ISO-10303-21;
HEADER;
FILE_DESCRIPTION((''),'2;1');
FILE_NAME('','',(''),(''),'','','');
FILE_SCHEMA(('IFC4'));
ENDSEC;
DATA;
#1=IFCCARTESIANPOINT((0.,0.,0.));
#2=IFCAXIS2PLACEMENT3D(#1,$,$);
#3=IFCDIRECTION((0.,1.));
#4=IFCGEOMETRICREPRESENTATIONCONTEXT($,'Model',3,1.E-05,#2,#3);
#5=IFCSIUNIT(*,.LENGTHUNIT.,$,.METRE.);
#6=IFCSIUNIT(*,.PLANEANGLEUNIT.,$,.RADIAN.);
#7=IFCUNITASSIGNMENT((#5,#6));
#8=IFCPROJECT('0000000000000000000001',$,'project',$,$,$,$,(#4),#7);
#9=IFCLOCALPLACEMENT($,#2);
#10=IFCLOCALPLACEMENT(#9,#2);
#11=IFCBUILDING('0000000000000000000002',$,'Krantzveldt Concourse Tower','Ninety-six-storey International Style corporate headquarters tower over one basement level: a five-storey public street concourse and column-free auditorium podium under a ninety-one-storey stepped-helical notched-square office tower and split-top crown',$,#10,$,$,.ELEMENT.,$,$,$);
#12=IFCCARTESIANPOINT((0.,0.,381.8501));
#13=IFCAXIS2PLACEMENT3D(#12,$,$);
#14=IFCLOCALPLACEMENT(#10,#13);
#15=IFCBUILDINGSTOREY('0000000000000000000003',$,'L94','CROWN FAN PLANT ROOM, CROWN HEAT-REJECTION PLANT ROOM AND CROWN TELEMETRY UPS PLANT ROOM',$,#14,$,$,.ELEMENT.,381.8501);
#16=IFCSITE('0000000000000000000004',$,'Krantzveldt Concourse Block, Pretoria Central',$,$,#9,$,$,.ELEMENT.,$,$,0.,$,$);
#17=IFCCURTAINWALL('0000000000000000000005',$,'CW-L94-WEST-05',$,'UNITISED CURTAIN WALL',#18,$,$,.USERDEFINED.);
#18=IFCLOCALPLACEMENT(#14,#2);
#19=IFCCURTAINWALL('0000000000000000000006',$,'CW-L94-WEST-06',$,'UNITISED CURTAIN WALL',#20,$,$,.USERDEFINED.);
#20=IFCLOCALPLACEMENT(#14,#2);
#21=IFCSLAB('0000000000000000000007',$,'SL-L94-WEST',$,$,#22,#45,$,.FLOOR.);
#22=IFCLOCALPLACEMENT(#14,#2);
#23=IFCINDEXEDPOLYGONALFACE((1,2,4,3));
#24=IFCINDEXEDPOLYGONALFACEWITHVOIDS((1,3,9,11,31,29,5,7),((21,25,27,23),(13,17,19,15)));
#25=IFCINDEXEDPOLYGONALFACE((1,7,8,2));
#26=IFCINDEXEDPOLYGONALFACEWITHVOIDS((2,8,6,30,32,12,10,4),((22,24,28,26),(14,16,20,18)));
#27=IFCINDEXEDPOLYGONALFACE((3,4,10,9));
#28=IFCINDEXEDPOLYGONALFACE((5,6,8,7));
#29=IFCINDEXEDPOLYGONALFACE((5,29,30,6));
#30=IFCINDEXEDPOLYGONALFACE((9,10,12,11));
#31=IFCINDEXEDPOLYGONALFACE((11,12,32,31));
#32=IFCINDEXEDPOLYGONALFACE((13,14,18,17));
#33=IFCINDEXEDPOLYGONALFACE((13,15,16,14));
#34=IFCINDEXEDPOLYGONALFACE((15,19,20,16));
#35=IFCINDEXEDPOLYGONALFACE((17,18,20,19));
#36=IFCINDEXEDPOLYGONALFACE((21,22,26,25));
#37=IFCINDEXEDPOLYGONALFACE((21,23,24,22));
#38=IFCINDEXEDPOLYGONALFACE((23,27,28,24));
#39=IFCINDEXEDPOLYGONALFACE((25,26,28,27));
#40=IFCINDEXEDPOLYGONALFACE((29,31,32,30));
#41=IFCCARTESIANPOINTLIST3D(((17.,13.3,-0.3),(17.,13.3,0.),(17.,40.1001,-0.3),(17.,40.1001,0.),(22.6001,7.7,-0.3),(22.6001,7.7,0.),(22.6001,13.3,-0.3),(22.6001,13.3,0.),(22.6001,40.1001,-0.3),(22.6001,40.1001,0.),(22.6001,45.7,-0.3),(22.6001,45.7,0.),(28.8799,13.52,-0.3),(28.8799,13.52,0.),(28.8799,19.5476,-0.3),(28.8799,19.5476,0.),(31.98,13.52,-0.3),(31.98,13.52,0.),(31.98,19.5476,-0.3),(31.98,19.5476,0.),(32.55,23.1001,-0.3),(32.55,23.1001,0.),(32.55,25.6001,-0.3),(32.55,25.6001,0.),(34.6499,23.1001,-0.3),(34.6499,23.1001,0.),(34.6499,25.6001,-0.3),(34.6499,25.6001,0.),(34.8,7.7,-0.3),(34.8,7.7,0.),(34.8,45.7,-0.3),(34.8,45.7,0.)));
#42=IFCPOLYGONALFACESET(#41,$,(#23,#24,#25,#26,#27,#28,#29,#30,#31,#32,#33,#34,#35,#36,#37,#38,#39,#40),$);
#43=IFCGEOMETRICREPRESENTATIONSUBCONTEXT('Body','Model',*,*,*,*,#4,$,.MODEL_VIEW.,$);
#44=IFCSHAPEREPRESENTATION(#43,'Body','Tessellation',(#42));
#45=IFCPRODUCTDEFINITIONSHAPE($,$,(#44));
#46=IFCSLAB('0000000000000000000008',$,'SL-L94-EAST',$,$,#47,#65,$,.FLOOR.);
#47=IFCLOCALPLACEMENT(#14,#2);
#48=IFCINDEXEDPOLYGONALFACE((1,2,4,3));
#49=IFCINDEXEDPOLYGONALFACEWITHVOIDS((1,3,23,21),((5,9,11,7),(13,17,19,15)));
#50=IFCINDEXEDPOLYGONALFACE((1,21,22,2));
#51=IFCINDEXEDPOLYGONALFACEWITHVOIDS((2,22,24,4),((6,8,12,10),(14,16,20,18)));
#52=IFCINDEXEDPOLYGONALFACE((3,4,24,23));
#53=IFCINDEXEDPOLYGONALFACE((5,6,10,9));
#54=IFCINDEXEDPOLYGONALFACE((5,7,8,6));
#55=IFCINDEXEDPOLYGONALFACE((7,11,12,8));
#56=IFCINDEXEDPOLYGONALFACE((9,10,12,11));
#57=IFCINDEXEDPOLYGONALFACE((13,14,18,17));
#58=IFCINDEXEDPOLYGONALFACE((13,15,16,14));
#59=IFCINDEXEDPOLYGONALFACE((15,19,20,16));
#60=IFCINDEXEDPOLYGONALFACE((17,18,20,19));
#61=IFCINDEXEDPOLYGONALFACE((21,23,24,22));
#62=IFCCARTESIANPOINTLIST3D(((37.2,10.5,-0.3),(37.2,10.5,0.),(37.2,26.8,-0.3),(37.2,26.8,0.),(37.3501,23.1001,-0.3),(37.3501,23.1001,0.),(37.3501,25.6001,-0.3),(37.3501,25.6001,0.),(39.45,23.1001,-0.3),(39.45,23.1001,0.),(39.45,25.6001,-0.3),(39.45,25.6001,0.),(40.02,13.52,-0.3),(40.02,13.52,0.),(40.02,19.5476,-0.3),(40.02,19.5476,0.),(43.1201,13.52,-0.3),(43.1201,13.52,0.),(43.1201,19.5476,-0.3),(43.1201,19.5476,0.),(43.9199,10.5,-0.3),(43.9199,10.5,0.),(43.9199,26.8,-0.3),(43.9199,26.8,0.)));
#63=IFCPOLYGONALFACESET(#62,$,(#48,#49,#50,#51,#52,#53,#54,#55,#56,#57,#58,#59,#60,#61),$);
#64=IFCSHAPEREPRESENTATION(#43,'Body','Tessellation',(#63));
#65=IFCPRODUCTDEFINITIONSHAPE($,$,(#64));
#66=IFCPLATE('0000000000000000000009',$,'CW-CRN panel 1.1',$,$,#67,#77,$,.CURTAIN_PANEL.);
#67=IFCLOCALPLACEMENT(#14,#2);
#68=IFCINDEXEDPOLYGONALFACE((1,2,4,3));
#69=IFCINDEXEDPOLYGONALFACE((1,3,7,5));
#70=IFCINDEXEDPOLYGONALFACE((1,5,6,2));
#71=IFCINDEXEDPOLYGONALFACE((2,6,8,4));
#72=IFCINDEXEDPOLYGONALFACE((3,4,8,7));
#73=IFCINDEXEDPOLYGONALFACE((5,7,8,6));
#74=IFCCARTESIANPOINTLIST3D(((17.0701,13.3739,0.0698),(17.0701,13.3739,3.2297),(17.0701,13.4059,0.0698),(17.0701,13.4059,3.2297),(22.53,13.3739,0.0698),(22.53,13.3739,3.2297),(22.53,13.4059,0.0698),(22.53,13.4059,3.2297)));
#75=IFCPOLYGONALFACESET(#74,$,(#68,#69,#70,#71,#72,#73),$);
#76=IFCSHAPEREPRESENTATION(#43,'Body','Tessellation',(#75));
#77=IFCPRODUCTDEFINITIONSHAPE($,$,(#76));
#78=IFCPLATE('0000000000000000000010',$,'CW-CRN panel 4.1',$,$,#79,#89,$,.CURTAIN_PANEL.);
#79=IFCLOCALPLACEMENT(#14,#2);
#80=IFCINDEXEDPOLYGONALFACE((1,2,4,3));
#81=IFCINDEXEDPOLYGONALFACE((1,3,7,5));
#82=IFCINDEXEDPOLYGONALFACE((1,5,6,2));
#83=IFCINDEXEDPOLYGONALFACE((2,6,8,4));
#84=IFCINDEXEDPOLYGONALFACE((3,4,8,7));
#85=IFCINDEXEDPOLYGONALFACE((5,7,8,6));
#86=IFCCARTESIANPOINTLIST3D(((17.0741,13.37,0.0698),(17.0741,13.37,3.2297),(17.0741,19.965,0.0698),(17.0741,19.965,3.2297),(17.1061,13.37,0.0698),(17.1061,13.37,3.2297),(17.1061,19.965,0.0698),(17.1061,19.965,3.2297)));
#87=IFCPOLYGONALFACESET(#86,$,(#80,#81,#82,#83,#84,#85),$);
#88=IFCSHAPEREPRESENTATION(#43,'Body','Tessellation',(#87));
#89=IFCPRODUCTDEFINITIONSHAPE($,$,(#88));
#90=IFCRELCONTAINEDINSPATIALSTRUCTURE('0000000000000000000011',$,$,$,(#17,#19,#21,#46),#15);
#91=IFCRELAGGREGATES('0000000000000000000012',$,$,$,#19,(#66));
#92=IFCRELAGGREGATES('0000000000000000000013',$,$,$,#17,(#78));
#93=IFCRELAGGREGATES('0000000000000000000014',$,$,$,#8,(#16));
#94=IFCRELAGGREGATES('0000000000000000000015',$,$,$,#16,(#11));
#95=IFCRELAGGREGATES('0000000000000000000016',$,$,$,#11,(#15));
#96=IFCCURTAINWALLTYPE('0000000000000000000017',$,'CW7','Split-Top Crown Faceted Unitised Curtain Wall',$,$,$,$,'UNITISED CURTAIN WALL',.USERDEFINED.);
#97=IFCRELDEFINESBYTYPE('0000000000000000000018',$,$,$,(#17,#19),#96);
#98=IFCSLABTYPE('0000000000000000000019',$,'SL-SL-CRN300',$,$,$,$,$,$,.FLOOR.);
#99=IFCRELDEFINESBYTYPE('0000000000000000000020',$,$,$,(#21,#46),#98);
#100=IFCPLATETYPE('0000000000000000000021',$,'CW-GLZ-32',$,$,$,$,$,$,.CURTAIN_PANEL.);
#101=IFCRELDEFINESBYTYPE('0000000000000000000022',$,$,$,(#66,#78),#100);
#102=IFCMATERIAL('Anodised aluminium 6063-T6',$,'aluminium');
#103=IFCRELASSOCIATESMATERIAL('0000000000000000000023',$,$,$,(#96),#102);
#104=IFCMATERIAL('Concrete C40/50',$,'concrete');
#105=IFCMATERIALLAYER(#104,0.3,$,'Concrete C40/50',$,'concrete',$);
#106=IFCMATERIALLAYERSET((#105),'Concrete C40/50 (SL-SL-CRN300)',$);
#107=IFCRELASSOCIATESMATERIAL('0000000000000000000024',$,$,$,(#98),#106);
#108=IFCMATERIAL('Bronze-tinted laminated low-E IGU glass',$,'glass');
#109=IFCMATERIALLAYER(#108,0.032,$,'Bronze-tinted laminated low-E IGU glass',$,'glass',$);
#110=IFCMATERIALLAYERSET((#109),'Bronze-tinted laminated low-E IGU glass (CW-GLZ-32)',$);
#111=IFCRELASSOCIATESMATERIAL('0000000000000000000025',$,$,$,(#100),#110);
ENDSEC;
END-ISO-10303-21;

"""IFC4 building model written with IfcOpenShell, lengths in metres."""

from ifc_helpers import new_model, si_unit, direction, frame, origin, origin_2d, place, context, subcontext, project, spatial, polyline, rectangle, outline, extrude, source, transform, mapped, material, layer, layer_set, type_object, type_shapes, element, aggregate, save


model = new_model("IFC4")

# Units and contexts
model_context = context("Model", 3, precision=1e-05, world=origin(), true_north=direction((0.0, 1.0)))
body_context = subcontext(model_context, "Body", "Model", "MODEL_VIEW")
ifc_project = project(units=[si_unit("LENGTHUNIT", "METRE"), si_unit("PLANEANGLEUNIT", "RADIAN")], contexts=[model_context])

# Site, building, storey
site_placement = place(None, origin())
site = spatial("IfcSite", under=ifc_project, at=site_placement, Name="Krantzveldt Concourse Block, Pretoria Central", CompositionType="ELEMENT", RefElevation=0.0)
building_placement = place(site_placement, origin())
building = spatial("IfcBuilding", under=site, at=building_placement, Name="Krantzveldt Concourse Tower", Description="Ninety-six-storey International Style corporate headquarters tower over one basement level: a five-storey public street concourse and column-free auditorium podium under a ninety-one-storey stepped-helical notched-square office tower and split-top crown", CompositionType="ELEMENT")
storey_placement = place(building_placement, frame((0.0, 0.0, 381.8501)))
storey = spatial("IfcBuildingStorey", under=building, at=storey_placement, Name="L94", Description="CROWN FAN PLANT ROOM, CROWN HEAT-REJECTION PLANT ROOM AND CROWN TELEMETRY UPS PLANT ROOM", CompositionType="ELEMENT", Elevation=381.8501)

# Curtain walls
ifc_material_1 = material(Name="Anodised aluminium 6063-T6", Category="aluminium")
curtain_wall_type = type_object("IfcCurtainWallType", Name="CW7", Description="Split-Top Crown Faceted Unitised Curtain Wall", ElementType="UNITISED CURTAIN WALL", PredefinedType="USERDEFINED", material=ifc_material_1)
curtain_wall_1_placement = place(storey_placement, origin())
curtain_wall_1 = element("IfcCurtainWall", 1, at=curtain_wall_1_placement, inside=storey, type_object=curtain_wall_type, Name="CW-L94-WEST-05", ObjectType="UNITISED CURTAIN WALL", PredefinedType="USERDEFINED")
curtain_wall_2_placement = place(storey_placement, origin())
curtain_wall_2 = element("IfcCurtainWall", 2, at=curtain_wall_2_placement, inside=storey, type_object=curtain_wall_type, Name="CW-L94-WEST-06", ObjectType="UNITISED CURTAIN WALL", PredefinedType="USERDEFINED")

# Slabs
ifc_material_2 = material(Name="Concrete C40/50", Category="concrete")
ifc_layer_1 = layer(ifc_material_2, 0.3, Name="Concrete C40/50", Category="concrete")
ifc_layer_set_1 = layer_set([ifc_layer_1], Name="Concrete C40/50 (SL-SL-CRN300)")
slab_type_1 = type_object("IfcSlabType", Name="SL-SL-CRN300", PredefinedType="FLOOR", material=ifc_layer_set_1)
slab_1_placement = place(storey_placement, frame((0.0, 0.0, -0.3)))
element("IfcSlab", 3, at=slab_1_placement, inside=storey, type_object=slab_type_1, Name="SL-L94-WEST", PredefinedType="FLOOR", context=body_context, shape_type="SweptSolid", body=[
    extrude(outline(polyline([(22.6001, 7.7), (34.8, 7.7), (34.8, 45.7), (22.6001, 45.7), (22.6001, 40.1001), (17.0, 40.1001), (17.0, 13.3), (22.6001, 13.3), (22.6001, 7.7)]), holes=[polyline([(28.8799, 19.5476), (28.8799, 13.52), (31.98, 13.52), (31.98, 19.5476), (28.8799, 19.5476)]), polyline([(32.55, 23.1001), (34.6499, 23.1001), (34.6499, 25.6001), (32.55, 25.6001), (32.55, 23.1001)])]), origin(), (0.0, 0.0, 1.0), 0.3),
])
slab_2_placement = place(storey_placement, frame((0.0, 0.0, -0.3)))
element("IfcSlab", 4, at=slab_2_placement, inside=storey, type_object=slab_type_1, Name="SL-L94-EAST", PredefinedType="FLOOR", context=body_context, shape_type="SweptSolid", body=[
    extrude(outline(polyline([(37.2, 10.5), (43.9199, 10.5), (43.9199, 26.8), (37.2, 26.8), (37.2, 10.5)]), holes=[polyline([(40.02, 19.5476), (40.02, 13.52), (43.1201, 13.52), (43.1201, 19.5476), (40.02, 19.5476)]), polyline([(37.3501, 23.1001), (39.45, 23.1001), (39.45, 25.6001), (37.3501, 25.6001), (37.3501, 23.1001)])]), origin(), (0.0, 0.0, 1.0), 0.3),
])

# Plates
ifc_material_3 = material(Name="Bronze-tinted laminated low-E IGU glass", Category="glass")
ifc_layer_2 = layer(ifc_material_3, 0.032, Name="Bronze-tinted laminated low-E IGU glass", Category="glass")
ifc_layer_set_2 = layer_set([ifc_layer_2], Name="Bronze-tinted laminated low-E IGU glass (CW-GLZ-32)")
plate_type = type_object("IfcPlateType", Name="CW-GLZ-32", PredefinedType="CURTAIN_PANEL", material=ifc_layer_set_2)
shared_shape_1 = source(origin(), body_context, "Body", "SweptSolid", [
    extrude(rectangle(XDim=5.46, YDim=0.032, at=origin_2d()), origin(), (0.0, 0.0, 1.0), 3.1599),
])
plate_1_placement = place(storey_placement, frame((19.8, 13.3899, 0.0698), z_axis=(0.0, 0.0, 1.0), x_axis=(1.0, 0.0, 0.0)))
plate_1 = element("IfcPlate", 5, at=plate_1_placement, type_object=plate_type, Name="CW-CRN panel 1.1", PredefinedType="CURTAIN_PANEL", context=body_context, shape_type="MappedRepresentation", body=[
    mapped(shared_shape_1, transform((0.0, 0.0, 0.0), x_axis=(1.0, 0.0, 0.0), y_axis=(0.0, 1.0, 0.0), z_axis=(0.0, 0.0, 1.0), scale=1.0)),
])
aggregate(curtain_wall_2, [plate_1])
shared_shape_2 = source(origin(), body_context, "Body", "SweptSolid", [
    extrude(rectangle(XDim=6.595, YDim=0.032, at=origin_2d()), origin(), (0.0, 0.0, 1.0), 3.1599),
])
type_shapes(plate_type, [shared_shape_1, shared_shape_2])
plate_2_placement = place(storey_placement, frame((17.0901, 16.6675, 0.0698), z_axis=(0.0, 0.0, 1.0), x_axis=(0.0, -1.0, 0.0)))
plate_2 = element("IfcPlate", 6, at=plate_2_placement, type_object=plate_type, Name="CW-CRN panel 4.1", PredefinedType="CURTAIN_PANEL", context=body_context, shape_type="MappedRepresentation", body=[
    mapped(shared_shape_2, transform((0.0, 0.0, 0.0), x_axis=(1.0, 0.0, 0.0), y_axis=(0.0, 1.0, 0.0), z_axis=(0.0, 0.0, 1.0), scale=1.0)),
])
aggregate(curtain_wall_1, [plate_2])

save(model, "model.ifc")
